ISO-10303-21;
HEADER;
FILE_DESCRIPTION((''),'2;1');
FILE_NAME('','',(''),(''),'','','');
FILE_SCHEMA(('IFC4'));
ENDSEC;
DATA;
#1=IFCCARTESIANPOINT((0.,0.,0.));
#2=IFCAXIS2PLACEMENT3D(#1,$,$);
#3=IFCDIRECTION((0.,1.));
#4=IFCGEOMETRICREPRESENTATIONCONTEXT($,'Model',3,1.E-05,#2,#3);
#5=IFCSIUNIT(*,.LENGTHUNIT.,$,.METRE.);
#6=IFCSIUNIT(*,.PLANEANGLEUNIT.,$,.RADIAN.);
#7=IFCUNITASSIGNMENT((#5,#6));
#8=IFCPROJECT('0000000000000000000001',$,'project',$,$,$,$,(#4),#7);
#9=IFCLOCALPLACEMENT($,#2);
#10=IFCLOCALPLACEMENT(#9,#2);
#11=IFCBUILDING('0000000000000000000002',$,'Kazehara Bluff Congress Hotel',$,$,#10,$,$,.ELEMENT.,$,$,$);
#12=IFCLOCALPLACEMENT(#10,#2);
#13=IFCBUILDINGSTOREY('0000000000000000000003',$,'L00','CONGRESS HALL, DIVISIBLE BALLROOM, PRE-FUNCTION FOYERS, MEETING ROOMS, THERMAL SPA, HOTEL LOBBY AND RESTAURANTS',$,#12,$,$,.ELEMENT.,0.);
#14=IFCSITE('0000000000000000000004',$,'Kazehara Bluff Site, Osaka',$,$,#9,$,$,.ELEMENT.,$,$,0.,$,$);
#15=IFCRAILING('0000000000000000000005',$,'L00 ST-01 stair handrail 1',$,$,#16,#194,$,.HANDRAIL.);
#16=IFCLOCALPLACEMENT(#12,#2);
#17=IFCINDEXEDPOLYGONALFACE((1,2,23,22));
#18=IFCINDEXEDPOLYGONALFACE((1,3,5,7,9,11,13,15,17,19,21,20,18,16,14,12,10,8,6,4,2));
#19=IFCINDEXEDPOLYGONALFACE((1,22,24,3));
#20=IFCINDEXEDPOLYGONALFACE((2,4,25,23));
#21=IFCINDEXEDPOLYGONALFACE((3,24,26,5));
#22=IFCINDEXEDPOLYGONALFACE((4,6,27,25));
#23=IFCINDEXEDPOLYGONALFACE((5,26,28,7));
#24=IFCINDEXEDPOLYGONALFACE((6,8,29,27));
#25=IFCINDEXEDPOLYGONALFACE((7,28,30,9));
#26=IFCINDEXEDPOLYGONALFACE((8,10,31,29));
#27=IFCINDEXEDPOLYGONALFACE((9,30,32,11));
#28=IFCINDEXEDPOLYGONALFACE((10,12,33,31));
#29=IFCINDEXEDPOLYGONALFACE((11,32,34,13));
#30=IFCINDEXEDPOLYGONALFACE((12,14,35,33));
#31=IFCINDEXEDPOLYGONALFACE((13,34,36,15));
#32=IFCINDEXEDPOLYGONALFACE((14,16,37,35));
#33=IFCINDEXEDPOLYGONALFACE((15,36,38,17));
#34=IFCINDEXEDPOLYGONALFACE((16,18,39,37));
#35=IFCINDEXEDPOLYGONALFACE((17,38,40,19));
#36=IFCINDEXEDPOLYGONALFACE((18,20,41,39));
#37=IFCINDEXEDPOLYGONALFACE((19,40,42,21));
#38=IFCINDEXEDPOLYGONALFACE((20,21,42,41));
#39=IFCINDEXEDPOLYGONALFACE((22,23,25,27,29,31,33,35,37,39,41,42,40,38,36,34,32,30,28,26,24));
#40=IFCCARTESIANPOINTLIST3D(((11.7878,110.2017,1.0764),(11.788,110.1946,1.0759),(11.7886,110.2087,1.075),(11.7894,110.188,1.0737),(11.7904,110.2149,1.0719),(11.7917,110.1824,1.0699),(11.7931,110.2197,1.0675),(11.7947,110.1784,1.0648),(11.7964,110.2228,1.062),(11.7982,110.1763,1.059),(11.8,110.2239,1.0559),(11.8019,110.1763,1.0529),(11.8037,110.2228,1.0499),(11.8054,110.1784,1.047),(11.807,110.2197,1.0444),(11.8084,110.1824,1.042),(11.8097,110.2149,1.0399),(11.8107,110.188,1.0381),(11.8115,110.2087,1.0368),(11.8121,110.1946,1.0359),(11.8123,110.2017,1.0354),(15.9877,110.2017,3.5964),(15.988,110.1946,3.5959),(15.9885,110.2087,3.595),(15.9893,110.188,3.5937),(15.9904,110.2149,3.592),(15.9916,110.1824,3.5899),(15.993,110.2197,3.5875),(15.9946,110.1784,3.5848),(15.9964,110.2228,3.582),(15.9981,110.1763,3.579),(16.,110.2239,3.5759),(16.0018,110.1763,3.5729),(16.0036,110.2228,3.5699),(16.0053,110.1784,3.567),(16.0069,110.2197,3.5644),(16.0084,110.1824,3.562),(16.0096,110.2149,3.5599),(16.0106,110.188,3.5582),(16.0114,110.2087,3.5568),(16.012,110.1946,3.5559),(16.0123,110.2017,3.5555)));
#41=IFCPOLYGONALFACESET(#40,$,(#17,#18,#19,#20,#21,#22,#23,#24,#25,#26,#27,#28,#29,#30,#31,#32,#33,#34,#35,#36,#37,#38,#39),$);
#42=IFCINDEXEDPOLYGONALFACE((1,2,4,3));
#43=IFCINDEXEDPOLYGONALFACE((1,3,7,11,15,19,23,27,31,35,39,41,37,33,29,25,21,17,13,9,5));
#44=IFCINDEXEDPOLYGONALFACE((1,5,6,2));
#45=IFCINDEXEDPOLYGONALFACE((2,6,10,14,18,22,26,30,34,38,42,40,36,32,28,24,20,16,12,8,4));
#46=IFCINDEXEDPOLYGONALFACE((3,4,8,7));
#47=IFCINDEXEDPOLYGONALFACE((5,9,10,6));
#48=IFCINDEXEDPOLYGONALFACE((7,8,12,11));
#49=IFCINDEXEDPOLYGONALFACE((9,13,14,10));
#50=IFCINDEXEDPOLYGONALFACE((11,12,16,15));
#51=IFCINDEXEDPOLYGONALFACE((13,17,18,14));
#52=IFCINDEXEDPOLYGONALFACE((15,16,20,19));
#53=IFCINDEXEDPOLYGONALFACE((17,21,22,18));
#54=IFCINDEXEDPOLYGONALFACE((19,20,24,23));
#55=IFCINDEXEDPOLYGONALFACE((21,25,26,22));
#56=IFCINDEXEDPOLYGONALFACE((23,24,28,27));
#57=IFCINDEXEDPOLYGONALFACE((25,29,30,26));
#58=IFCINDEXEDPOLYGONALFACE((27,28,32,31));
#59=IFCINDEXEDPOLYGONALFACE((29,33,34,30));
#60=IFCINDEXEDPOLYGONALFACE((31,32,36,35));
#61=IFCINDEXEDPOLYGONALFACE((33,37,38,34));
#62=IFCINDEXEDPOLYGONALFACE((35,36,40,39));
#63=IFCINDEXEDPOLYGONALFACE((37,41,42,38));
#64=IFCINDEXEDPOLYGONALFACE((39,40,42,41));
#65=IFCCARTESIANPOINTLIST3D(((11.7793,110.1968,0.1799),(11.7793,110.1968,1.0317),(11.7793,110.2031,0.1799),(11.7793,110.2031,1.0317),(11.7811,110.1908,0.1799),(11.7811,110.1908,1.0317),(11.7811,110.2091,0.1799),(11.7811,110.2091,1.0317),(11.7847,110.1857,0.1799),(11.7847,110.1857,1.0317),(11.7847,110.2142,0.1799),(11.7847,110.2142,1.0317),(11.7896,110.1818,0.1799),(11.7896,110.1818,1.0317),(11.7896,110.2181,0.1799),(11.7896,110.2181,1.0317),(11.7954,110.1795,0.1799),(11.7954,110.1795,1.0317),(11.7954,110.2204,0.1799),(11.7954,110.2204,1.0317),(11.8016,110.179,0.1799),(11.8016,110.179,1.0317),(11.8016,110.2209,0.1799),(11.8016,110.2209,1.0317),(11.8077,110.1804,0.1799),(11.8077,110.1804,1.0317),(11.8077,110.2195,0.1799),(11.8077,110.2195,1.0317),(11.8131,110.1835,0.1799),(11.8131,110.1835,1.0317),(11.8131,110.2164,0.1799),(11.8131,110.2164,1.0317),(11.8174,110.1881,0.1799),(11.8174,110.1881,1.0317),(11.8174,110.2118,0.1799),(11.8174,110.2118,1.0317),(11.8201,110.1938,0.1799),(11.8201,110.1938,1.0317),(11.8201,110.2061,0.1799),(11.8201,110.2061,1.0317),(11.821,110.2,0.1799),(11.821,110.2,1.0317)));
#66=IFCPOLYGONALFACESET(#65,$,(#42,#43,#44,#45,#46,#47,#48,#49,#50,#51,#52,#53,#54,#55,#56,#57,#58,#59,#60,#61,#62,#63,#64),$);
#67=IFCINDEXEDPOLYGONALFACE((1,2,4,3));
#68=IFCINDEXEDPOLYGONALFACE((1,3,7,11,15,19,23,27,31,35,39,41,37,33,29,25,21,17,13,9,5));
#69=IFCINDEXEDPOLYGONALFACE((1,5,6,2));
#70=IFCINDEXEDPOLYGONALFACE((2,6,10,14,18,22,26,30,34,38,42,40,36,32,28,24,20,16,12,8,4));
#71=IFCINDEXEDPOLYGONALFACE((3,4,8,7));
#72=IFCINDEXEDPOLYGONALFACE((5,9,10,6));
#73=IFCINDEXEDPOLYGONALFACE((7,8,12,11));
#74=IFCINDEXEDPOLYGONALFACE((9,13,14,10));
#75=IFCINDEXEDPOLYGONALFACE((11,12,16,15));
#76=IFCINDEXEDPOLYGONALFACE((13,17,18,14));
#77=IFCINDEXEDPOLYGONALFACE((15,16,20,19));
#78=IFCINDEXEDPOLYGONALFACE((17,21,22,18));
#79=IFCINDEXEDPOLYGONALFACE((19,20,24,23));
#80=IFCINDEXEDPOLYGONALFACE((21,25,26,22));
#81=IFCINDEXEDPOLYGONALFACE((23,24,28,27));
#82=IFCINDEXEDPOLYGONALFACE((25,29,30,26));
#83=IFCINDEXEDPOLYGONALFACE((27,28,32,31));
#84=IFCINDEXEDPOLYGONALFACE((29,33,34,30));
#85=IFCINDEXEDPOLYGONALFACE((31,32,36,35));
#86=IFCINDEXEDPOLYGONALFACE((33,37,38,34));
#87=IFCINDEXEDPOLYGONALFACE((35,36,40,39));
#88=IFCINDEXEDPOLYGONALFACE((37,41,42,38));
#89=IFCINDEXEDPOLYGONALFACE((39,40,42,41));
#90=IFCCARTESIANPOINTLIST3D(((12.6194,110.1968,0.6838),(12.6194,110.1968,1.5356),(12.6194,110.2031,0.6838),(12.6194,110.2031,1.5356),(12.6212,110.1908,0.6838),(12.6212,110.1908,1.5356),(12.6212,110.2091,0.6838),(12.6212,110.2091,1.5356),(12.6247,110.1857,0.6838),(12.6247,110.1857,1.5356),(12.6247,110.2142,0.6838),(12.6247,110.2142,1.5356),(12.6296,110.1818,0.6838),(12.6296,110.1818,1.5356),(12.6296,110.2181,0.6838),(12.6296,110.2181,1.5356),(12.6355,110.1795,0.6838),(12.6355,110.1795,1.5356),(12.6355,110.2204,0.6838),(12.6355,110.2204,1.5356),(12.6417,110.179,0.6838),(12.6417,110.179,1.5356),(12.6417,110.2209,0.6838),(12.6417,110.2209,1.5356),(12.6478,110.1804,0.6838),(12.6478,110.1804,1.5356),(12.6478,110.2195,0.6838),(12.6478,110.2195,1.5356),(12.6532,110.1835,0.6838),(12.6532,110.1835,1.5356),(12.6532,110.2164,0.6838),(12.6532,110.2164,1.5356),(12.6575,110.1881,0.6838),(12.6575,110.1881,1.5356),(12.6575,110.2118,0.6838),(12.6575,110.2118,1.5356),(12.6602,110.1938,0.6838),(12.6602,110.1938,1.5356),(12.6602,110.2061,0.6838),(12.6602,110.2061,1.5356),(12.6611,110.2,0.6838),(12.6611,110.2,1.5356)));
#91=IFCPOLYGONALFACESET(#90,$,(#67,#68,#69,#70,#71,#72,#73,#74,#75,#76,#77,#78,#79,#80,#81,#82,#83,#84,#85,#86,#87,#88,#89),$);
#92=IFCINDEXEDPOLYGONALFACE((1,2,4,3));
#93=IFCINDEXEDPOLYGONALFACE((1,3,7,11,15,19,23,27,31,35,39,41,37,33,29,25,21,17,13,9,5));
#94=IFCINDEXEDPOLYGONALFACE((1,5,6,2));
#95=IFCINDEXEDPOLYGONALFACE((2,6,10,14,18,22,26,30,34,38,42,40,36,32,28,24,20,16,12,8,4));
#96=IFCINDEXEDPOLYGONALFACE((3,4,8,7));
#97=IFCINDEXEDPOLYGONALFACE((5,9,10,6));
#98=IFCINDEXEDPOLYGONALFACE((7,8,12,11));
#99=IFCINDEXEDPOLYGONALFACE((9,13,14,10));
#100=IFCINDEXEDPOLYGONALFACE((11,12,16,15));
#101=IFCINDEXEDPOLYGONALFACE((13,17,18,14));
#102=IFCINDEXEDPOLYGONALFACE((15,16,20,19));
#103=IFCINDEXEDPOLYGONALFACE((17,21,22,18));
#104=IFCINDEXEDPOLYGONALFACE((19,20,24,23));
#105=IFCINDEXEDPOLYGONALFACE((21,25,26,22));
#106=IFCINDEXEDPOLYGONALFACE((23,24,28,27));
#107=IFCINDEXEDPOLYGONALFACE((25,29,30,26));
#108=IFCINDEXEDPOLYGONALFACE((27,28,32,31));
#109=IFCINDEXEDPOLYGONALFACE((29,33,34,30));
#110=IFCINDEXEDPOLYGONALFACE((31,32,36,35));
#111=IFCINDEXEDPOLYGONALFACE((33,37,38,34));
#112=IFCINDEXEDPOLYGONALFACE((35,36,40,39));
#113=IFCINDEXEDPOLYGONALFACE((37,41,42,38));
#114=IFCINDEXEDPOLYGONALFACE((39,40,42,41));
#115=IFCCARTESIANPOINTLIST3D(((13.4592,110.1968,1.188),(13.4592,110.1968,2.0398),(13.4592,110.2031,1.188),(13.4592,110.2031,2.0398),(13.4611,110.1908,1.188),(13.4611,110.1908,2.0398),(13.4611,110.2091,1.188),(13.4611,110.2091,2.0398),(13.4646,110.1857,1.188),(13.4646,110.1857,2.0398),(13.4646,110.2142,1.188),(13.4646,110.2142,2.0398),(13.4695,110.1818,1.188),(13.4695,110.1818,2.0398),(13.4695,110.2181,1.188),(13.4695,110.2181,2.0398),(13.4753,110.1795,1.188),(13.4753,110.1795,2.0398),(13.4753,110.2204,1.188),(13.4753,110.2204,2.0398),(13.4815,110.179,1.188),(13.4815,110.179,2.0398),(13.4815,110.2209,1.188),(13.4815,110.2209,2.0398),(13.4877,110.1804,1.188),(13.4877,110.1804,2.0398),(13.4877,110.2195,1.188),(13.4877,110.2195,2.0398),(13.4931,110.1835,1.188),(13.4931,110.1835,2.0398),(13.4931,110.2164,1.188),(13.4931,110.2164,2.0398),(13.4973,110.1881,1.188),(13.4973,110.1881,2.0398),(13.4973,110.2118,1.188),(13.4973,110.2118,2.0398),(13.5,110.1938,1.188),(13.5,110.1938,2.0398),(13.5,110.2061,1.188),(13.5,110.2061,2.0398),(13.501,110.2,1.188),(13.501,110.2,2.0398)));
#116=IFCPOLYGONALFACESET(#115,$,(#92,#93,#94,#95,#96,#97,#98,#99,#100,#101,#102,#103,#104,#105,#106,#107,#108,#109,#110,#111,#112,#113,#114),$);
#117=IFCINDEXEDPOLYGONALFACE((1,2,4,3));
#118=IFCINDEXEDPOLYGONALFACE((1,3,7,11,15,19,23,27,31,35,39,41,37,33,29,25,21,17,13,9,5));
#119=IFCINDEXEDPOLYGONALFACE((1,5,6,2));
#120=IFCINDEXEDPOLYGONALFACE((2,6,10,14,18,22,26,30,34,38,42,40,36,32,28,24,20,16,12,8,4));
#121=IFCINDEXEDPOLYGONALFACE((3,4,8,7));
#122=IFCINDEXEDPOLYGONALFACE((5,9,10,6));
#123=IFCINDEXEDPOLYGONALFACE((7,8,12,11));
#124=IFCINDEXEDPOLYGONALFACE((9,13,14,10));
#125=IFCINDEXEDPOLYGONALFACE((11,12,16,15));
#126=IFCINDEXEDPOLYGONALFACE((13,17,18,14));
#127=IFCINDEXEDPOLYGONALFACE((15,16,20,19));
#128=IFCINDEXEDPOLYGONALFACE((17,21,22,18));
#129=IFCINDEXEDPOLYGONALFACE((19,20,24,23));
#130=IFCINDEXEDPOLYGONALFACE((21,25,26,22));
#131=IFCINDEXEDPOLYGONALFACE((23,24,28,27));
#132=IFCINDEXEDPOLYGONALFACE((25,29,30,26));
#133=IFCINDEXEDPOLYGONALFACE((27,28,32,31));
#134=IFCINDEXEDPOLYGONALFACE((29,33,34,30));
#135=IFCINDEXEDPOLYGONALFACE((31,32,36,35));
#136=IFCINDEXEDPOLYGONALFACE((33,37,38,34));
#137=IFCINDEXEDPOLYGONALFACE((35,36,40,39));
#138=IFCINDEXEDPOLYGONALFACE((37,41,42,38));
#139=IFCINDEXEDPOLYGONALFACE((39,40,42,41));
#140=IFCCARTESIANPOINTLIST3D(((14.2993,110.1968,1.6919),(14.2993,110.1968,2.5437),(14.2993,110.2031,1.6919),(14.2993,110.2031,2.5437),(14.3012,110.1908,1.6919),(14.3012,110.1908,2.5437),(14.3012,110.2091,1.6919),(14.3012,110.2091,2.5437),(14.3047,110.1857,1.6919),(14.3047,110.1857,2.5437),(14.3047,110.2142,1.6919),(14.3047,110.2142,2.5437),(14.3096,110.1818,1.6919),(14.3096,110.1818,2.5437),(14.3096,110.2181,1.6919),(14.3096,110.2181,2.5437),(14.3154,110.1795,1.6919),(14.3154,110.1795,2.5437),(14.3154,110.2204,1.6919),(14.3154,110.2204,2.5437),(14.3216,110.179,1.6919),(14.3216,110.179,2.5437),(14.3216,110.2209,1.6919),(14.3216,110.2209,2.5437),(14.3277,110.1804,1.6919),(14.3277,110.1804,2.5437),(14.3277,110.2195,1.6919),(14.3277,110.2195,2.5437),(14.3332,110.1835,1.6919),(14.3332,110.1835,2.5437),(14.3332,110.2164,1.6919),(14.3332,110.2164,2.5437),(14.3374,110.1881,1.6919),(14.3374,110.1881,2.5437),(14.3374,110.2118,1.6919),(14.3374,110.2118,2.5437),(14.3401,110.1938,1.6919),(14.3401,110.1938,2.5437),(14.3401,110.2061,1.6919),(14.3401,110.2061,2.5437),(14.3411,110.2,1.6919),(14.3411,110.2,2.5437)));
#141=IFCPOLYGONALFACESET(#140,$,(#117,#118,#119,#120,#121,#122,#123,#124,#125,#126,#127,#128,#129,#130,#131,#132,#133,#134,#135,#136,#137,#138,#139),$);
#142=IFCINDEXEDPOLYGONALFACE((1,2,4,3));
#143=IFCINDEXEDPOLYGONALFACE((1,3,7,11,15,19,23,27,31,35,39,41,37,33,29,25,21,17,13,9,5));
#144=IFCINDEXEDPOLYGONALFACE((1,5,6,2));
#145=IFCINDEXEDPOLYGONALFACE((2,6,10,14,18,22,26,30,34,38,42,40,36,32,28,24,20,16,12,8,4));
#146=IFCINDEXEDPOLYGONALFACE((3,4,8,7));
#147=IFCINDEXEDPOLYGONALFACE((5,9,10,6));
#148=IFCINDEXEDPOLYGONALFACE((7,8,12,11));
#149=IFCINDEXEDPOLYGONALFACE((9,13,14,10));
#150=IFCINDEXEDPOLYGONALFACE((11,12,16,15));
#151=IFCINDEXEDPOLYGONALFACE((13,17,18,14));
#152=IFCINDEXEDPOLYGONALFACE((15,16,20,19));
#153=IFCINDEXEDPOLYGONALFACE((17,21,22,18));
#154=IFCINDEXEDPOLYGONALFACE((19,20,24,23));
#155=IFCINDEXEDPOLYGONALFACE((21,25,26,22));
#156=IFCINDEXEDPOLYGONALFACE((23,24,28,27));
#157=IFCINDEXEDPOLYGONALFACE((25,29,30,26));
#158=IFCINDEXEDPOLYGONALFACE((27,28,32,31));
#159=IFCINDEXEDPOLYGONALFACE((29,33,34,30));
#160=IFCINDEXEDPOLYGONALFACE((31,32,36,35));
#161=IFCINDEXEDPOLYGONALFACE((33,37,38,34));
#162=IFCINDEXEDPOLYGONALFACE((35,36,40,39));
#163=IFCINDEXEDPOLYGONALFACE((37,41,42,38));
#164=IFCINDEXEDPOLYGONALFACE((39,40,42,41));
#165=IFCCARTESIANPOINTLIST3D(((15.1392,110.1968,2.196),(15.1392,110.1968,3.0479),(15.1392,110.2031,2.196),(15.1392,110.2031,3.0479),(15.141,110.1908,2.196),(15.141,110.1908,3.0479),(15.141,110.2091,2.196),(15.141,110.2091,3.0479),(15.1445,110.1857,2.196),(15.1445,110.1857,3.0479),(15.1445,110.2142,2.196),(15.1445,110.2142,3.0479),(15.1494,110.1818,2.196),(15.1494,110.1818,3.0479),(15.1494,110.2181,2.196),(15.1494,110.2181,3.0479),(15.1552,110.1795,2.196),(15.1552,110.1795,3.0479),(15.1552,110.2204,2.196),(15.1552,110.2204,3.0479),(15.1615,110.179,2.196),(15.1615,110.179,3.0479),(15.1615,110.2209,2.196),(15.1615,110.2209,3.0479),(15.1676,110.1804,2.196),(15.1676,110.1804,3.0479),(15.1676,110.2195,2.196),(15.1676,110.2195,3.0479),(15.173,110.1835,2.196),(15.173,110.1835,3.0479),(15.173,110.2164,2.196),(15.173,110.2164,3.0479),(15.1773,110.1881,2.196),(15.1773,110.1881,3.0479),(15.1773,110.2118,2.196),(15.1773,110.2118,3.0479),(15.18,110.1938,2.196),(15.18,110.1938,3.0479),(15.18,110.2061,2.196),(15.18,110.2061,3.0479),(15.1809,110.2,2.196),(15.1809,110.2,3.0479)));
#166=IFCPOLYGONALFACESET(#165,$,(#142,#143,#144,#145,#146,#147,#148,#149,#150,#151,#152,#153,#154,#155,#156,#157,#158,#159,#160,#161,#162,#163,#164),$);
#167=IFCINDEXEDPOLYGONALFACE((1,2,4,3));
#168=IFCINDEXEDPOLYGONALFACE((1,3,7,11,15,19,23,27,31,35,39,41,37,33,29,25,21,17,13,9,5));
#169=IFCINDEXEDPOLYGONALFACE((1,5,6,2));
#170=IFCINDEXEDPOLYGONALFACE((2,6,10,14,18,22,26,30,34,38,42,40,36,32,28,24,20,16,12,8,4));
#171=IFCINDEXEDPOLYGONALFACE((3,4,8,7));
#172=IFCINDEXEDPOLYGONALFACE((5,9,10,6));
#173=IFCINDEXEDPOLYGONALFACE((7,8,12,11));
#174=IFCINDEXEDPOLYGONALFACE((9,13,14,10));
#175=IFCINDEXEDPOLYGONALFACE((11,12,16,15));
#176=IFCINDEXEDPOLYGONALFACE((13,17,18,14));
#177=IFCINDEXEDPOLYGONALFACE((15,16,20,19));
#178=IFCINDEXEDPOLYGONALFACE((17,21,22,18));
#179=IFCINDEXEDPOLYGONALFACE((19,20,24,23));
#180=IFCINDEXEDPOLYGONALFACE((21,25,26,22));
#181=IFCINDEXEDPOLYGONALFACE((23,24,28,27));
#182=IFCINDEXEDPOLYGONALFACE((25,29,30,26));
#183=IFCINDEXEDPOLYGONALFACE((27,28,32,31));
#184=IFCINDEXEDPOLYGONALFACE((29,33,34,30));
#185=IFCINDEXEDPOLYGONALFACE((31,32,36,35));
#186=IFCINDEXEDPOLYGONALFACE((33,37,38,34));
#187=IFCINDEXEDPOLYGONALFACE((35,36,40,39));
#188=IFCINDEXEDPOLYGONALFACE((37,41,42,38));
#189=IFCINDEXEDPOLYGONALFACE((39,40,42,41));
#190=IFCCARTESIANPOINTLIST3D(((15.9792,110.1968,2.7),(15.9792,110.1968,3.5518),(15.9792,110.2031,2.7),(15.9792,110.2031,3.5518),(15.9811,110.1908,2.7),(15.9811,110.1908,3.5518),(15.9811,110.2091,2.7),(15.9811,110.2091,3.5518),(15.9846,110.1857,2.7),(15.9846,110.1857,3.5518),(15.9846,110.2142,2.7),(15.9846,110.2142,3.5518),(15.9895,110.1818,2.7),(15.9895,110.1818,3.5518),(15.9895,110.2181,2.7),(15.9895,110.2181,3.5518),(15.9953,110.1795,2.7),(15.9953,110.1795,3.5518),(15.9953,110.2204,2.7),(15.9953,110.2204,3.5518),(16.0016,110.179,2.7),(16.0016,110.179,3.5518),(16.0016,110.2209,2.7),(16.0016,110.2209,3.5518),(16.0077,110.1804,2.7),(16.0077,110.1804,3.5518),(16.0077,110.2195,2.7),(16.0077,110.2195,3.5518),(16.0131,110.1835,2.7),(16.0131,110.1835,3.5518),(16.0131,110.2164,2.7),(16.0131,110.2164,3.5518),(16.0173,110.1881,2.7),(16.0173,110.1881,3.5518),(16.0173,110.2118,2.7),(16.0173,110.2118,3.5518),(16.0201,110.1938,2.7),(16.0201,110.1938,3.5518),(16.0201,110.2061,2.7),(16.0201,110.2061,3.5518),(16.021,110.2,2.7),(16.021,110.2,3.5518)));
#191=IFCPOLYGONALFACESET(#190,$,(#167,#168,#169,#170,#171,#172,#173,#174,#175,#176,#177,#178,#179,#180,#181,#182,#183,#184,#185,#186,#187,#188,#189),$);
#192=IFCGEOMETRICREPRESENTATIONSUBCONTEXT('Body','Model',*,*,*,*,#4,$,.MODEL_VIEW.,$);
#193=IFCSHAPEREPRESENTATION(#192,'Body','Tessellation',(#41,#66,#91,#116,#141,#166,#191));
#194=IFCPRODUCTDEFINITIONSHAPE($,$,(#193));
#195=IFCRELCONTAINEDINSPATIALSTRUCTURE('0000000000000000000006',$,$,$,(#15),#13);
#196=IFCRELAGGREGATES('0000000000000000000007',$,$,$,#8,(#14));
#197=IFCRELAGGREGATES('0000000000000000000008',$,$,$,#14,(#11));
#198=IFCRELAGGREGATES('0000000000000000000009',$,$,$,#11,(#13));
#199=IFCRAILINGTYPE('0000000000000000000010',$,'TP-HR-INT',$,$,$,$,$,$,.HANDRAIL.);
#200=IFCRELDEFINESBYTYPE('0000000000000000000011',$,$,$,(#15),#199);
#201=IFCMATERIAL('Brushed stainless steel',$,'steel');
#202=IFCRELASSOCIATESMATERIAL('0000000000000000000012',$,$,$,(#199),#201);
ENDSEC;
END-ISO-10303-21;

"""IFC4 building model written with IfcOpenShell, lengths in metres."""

from ifc_helpers import new_model, si_unit, direction, frame, origin, origin_2d, place, context, subcontext, project, spatial, circle, extrude, material, type_object, element, save


model = new_model("IFC4")

# Units and contexts
model_context = context("Model", 3, precision=1e-05, world=origin(), true_north=direction((0.0, 1.0)))
body_context = subcontext(model_context, "Body", "Model", "MODEL_VIEW")
ifc_project = project(units=[si_unit("LENGTHUNIT", "METRE"), si_unit("PLANEANGLEUNIT", "RADIAN")], contexts=[model_context])

# Site, building, storey
site_placement = place(None, origin())
site = spatial("IfcSite", under=ifc_project, at=site_placement, Name="Kazehara Bluff Site, Osaka", CompositionType="ELEMENT", RefElevation=0.0)
building_placement = place(site_placement, origin())
building = spatial("IfcBuilding", under=site, at=building_placement, Name="Kazehara Bluff Congress Hotel", CompositionType="ELEMENT")
storey_placement = place(building_placement, origin())
storey = spatial("IfcBuildingStorey", under=building, at=storey_placement, Name="L00", Description="CONGRESS HALL, DIVISIBLE BALLROOM, PRE-FUNCTION FOYERS, MEETING ROOMS, THERMAL SPA, HOTEL LOBBY AND RESTAURANTS", CompositionType="ELEMENT", Elevation=0.0)

# Railing
ifc_material_1 = material(Name="Brushed stainless steel", Category="steel")
railing_type_1 = type_object("IfcRailingType", Name="TP-HR-INT", PredefinedType="HANDRAIL", material=ifc_material_1)
railing_1_placement = place(storey_placement, frame((11.8, 110.2, 0.1799)))
element("IfcRailing", 1, at=railing_1_placement, inside=storey, type_object=railing_type_1, Name="L00 ST-01 stair handrail 1", PredefinedType="HANDRAIL", context=body_context, shape_type="SweptSolid", body=[
    extrude(circle(Radius=0.0239, at=origin_2d()), frame((0.0, 0.0, 0.876), z_axis=(0.857489, 0.0, 0.514503), x_axis=(0.0, 1.0, 0.0)), (0.0, 0.0, 1.0), 4.8979),
    extrude(circle(Radius=0.021, at=origin_2d()), origin(), (0.0, 0.0, 1.0), 0.8518),
    extrude(circle(Radius=0.021, at=origin_2d()), frame((0.8401, 0.0, 0.5039)), (0.0, 0.0, 1.0), 0.8518),
    extrude(circle(Radius=0.021, at=origin_2d()), frame((1.6799, 0.0, 1.0081)), (0.0, 0.0, 1.0), 0.8518),
    extrude(circle(Radius=0.021, at=origin_2d()), frame((2.52, 0.0, 1.512)), (0.0, 0.0, 1.0), 0.8518),
    extrude(circle(Radius=0.021, at=origin_2d()), frame((3.3599, 0.0, 2.0161)), (0.0, 0.0, 1.0), 0.8518),
    extrude(circle(Radius=0.021, at=origin_2d()), frame((4.2, 0.0, 2.52)), (0.0, 0.0, 1.0), 0.8518),
])

save(model, "model.ifc")
